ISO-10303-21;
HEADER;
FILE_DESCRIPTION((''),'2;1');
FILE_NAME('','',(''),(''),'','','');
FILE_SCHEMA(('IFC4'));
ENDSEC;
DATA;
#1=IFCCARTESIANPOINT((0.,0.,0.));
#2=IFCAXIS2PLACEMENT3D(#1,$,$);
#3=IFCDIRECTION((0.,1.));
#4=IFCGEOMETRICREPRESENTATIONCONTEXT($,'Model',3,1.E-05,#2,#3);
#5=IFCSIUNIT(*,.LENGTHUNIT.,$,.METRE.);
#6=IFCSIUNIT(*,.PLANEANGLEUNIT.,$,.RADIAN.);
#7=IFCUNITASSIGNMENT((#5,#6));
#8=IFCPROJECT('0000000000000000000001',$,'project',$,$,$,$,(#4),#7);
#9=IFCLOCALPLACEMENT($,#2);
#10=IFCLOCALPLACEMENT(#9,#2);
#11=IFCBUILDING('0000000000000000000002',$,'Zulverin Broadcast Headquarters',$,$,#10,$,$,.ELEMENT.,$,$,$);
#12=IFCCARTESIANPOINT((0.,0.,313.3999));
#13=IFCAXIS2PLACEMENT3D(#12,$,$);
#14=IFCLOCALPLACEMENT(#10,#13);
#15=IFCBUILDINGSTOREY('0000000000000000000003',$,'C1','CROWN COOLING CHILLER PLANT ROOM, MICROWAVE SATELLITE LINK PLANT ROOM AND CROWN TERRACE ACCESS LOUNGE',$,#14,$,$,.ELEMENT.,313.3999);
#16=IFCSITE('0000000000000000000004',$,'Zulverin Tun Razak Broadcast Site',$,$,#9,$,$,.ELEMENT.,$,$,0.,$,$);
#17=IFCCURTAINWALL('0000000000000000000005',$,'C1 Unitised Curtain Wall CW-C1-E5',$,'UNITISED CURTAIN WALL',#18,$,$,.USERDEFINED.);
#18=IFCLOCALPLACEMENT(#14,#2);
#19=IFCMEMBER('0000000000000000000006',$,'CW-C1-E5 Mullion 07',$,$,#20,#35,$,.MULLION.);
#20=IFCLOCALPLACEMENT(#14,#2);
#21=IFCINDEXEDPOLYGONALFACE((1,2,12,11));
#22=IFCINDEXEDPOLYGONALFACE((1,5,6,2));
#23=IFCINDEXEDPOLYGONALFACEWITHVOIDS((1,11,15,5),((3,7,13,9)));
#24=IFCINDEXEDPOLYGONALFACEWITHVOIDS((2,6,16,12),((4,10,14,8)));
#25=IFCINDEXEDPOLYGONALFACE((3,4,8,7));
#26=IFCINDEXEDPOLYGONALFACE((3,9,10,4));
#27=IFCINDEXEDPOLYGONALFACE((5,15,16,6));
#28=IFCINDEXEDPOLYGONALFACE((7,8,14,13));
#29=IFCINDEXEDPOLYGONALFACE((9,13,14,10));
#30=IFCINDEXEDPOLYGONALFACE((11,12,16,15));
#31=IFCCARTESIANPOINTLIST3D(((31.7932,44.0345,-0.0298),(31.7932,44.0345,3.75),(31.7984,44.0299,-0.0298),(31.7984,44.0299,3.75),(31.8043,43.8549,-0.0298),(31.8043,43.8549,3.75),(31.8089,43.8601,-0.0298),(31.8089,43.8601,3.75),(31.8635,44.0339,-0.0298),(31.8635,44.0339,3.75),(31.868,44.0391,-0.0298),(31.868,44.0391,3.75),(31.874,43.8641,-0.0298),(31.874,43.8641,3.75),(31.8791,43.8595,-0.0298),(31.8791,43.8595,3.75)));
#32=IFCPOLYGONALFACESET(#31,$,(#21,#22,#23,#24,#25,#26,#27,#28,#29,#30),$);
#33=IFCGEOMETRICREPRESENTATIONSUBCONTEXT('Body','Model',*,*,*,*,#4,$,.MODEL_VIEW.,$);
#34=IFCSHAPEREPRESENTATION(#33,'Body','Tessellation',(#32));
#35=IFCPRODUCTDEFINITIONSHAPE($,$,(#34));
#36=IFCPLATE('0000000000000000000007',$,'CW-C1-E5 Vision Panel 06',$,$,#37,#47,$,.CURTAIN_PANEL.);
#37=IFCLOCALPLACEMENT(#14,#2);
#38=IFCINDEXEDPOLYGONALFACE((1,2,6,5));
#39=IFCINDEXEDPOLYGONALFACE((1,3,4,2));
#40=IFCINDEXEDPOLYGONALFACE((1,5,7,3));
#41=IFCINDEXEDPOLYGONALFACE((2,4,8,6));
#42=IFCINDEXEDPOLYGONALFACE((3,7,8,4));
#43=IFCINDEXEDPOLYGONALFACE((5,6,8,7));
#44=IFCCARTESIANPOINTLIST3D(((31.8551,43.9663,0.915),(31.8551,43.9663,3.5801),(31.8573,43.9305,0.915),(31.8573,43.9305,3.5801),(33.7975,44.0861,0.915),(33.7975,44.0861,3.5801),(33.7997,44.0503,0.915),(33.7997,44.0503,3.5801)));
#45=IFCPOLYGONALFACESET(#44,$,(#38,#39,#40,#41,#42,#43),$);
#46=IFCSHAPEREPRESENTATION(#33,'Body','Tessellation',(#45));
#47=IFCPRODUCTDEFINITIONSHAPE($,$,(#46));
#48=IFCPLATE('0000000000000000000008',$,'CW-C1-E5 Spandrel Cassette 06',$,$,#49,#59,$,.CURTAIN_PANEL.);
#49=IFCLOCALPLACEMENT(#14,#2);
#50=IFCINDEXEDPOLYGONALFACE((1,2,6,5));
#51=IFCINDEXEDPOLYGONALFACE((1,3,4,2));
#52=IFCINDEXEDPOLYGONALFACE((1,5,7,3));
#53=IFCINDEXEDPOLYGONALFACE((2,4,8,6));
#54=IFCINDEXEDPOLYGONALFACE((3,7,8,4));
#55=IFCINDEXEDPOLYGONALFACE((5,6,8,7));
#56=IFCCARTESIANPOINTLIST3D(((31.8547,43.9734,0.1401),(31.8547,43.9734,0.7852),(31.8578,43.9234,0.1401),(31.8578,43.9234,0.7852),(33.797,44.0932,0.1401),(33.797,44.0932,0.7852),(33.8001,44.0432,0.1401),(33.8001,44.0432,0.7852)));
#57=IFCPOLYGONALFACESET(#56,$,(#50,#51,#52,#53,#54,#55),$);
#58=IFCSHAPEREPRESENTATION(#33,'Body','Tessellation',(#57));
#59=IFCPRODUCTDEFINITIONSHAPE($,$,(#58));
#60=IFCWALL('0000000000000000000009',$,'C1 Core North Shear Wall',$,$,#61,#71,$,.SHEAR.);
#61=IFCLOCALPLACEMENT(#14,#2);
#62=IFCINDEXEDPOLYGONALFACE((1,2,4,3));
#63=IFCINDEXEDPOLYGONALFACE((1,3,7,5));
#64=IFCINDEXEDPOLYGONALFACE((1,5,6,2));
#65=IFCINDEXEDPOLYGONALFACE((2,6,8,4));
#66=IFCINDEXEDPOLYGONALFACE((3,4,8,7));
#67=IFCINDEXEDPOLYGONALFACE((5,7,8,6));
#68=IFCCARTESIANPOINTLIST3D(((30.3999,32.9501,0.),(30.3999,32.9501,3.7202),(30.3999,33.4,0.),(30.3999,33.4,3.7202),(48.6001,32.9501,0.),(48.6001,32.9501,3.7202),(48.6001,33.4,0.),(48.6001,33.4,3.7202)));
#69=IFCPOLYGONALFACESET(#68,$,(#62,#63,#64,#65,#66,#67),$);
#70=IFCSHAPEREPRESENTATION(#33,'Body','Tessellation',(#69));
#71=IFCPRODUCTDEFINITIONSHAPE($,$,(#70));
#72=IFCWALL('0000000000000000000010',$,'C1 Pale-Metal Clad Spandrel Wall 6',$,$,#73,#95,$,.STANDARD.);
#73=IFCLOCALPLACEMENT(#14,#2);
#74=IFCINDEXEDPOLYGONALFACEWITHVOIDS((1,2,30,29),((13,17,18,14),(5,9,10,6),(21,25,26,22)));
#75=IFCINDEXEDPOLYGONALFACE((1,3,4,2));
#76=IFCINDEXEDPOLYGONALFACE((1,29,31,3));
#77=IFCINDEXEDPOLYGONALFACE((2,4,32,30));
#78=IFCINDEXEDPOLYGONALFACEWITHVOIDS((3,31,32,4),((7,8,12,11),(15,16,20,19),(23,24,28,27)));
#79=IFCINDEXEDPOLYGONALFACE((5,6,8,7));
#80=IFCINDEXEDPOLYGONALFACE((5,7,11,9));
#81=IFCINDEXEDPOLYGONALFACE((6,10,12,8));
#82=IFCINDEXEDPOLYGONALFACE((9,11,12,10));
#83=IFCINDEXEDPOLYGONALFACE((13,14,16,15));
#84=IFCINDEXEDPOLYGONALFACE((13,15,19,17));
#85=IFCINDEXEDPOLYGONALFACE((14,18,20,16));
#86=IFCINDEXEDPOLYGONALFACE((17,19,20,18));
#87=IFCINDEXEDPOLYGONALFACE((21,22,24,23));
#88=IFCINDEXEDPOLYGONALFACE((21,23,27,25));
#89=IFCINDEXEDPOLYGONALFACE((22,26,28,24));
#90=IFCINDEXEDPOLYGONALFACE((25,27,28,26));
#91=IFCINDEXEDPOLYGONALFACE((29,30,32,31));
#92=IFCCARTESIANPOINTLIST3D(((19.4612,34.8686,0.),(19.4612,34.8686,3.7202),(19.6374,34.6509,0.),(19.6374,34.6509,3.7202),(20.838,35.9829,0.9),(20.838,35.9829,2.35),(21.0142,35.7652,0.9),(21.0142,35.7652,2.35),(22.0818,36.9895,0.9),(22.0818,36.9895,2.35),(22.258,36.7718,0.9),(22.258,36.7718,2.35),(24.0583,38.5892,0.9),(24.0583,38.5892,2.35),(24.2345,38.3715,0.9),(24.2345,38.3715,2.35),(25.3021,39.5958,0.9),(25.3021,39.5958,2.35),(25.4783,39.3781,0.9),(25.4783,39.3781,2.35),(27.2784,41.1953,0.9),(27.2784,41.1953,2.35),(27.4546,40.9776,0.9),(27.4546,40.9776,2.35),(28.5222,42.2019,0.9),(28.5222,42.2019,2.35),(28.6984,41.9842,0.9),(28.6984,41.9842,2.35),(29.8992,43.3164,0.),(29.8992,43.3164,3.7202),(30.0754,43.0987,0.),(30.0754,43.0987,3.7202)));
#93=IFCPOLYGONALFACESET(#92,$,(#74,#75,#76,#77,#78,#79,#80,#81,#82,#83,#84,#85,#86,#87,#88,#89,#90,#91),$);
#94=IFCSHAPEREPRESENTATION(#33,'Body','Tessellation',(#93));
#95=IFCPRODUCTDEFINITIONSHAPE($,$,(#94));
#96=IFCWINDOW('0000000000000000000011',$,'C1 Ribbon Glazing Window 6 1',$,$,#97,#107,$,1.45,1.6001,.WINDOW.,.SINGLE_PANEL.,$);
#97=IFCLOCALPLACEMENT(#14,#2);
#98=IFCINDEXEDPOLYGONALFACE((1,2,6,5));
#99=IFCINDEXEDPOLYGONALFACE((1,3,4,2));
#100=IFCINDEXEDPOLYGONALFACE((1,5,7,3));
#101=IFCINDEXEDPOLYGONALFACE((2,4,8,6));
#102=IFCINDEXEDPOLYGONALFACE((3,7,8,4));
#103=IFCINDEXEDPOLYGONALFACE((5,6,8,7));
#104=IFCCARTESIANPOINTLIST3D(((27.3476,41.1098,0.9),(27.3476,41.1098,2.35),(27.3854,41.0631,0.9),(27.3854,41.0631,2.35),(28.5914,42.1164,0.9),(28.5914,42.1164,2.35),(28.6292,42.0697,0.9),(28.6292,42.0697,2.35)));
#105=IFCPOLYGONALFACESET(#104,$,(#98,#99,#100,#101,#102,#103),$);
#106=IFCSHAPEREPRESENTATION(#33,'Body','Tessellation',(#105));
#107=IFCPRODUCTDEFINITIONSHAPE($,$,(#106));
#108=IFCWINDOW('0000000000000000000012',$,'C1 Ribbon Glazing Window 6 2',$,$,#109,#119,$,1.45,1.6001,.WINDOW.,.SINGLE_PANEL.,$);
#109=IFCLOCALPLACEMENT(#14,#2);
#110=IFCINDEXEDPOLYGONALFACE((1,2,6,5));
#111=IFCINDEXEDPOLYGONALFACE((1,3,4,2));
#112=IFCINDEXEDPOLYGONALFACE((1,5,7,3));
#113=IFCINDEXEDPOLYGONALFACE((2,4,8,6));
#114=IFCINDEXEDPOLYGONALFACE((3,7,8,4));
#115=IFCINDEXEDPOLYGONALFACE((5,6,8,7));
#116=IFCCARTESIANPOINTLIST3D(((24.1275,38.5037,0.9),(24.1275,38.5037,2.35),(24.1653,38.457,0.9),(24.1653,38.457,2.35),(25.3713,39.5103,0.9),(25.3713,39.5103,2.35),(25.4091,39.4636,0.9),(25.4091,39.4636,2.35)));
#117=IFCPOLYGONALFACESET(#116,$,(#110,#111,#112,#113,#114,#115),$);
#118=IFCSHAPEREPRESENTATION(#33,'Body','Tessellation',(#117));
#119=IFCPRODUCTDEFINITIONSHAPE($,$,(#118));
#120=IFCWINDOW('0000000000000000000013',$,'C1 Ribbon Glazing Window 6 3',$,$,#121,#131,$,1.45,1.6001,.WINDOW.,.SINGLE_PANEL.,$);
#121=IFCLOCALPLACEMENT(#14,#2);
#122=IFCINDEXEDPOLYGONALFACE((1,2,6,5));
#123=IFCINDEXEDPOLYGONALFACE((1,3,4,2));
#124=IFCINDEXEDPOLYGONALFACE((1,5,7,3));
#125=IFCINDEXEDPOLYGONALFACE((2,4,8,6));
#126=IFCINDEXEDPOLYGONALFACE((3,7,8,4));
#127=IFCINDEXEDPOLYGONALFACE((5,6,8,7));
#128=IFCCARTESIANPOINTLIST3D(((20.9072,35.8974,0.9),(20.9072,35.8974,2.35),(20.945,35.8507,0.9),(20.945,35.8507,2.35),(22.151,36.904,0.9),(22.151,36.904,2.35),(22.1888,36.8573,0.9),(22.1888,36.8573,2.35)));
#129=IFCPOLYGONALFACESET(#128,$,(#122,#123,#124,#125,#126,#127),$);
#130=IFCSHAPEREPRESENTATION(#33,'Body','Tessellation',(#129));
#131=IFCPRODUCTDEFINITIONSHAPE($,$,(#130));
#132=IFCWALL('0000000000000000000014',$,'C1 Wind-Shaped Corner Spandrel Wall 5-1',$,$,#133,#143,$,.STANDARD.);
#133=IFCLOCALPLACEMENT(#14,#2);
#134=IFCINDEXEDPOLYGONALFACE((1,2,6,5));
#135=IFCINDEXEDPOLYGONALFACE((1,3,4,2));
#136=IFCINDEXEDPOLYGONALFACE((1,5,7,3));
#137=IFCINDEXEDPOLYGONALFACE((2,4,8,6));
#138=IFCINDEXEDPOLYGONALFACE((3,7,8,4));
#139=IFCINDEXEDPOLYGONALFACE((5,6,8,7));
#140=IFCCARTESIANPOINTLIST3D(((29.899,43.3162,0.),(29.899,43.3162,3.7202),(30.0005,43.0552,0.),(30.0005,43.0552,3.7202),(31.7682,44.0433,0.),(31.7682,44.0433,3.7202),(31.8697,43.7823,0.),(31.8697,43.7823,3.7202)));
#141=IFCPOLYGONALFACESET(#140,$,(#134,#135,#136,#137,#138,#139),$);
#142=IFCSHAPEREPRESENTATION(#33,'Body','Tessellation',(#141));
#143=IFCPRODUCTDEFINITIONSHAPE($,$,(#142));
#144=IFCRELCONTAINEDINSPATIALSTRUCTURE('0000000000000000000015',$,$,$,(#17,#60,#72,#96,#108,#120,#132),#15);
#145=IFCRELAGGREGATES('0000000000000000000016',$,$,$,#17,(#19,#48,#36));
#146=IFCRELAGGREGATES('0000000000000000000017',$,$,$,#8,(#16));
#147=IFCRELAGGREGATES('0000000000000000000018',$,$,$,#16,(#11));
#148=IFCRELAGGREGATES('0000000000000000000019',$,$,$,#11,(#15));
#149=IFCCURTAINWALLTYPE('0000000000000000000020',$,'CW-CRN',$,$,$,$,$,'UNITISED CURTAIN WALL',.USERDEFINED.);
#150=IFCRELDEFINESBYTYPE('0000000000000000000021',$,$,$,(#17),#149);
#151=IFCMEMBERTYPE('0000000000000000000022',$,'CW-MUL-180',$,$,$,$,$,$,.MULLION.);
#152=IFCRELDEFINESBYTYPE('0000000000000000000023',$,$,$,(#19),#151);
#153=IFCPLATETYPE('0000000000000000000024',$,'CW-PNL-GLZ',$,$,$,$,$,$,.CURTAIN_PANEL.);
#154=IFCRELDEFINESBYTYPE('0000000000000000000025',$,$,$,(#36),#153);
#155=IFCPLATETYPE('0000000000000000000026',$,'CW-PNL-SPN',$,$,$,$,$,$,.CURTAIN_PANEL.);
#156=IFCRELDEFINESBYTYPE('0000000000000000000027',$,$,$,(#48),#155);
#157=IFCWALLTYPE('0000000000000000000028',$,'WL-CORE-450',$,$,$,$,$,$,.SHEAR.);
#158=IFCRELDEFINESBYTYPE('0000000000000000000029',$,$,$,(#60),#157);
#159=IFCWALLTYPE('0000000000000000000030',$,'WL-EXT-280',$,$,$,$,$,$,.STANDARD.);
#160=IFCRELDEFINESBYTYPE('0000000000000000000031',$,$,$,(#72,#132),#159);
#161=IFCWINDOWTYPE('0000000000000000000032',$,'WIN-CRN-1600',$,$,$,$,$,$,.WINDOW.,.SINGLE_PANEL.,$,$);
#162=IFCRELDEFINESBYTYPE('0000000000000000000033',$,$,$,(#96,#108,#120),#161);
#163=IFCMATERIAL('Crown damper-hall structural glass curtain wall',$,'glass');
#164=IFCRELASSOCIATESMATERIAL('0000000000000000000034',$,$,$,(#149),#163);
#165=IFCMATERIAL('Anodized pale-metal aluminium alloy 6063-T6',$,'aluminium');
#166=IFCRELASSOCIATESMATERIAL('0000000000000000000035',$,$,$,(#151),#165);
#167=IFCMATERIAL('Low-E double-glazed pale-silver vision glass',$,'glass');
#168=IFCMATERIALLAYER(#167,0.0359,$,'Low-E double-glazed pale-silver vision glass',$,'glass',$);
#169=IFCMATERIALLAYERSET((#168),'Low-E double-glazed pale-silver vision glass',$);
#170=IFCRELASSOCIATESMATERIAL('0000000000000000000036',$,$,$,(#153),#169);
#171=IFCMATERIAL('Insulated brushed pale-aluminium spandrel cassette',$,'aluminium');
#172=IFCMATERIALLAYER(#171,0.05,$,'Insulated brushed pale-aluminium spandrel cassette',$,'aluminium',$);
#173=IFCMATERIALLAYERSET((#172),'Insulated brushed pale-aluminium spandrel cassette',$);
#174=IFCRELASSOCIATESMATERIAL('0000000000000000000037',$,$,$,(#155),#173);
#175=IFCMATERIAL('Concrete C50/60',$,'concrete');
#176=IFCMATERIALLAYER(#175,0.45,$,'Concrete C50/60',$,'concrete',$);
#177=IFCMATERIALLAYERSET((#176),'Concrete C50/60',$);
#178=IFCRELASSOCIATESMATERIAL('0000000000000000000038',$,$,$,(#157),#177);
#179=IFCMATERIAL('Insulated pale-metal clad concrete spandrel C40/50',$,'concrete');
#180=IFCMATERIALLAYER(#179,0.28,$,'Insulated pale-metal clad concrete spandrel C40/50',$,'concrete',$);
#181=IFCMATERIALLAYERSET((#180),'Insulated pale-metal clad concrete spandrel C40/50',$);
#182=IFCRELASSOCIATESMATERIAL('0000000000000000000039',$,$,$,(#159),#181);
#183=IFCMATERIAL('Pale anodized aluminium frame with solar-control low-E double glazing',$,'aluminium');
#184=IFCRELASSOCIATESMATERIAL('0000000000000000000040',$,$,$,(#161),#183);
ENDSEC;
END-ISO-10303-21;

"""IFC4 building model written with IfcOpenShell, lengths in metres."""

from ifc_helpers import new_model, si_unit, direction, frame, frame_2d, origin, origin_2d, place, context, subcontext, project, spatial, rectangle, hollow_rectangle, extrude, material, layer, layer_set, material_profile, profile_set, type_object, element, fill, aggregate, save


model = new_model("IFC4")

# Units and contexts
model_context = context("Model", 3, precision=1e-05, world=origin(), true_north=direction((0.0, 1.0)))
body_context = subcontext(model_context, "Body", "Model", "MODEL_VIEW")
ifc_project = project(units=[si_unit("LENGTHUNIT", "METRE"), si_unit("PLANEANGLEUNIT", "RADIAN")], contexts=[model_context])

# Site, building, storey
site_placement = place(None, origin())
site = spatial("IfcSite", under=ifc_project, at=site_placement, Name="Zulverin Tun Razak Broadcast Site", CompositionType="ELEMENT", RefElevation=0.0)
building_placement = place(site_placement, origin())
building = spatial("IfcBuilding", under=site, at=building_placement, Name="Zulverin Broadcast Headquarters", CompositionType="ELEMENT")
storey_placement = place(building_placement, frame((0.0, 0.0, 313.3999)))
storey = spatial("IfcBuildingStorey", under=building, at=storey_placement, Name="C1", Description="CROWN COOLING CHILLER PLANT ROOM, MICROWAVE SATELLITE LINK PLANT ROOM AND CROWN TERRACE ACCESS LOUNGE", CompositionType="ELEMENT", Elevation=313.3999)

# Shared definitions
ifc_material_1 = material(Name="Concrete C50/60", Category="concrete")

# Curtain wall, member, plates
ifc_material_2 = material(Name="Crown damper-hall structural glass curtain wall", Category="glass")
curtain_wall_type = type_object("IfcCurtainWallType", Name="CW-CRN", ElementType="UNITISED CURTAIN WALL", PredefinedType="USERDEFINED", material=ifc_material_2)
curtain_wall_placement = place(storey_placement, origin())
curtain_wall = element("IfcCurtainWall", 1, at=curtain_wall_placement, inside=storey, type_object=curtain_wall_type, Name="C1 Unitised Curtain Wall CW-C1-E5", ObjectType="UNITISED CURTAIN WALL", PredefinedType="USERDEFINED")
ifc_material_3 = material(Name="Anodized pale-metal aluminium alloy 6063-T6", Category="aluminium")
ifc_material_profile_1 = material_profile(ifc_material_3, hollow_rectangle(XDim=0.075, YDim=0.1799, WallThickness=0.0049, at=origin_2d()), Name="Anodized pale-metal aluminium alloy 6063-T6", Category="aluminium")
ifc_profile_set_1 = profile_set([ifc_material_profile_1], Name="Anodized pale-metal aluminium alloy 6063-T6")
member_type = type_object("IfcMemberType", Name="CW-MUL-180", PredefinedType="MULLION", material=ifc_profile_set_1)
member_placement = place(storey_placement, frame((31.8362, 43.947, -0.0298), z_axis=(0.0, 0.0, 1.0), x_axis=(-0.998103, -0.061569, 0.0)))
member = element("IfcMember", 2, at=member_placement, type_object=member_type, Name="CW-C1-E5 Mullion 07", PredefinedType="MULLION", context=body_context, shape_type="SweptSolid", body=[
    extrude(hollow_rectangle(XDim=0.075, YDim=0.1799, WallThickness=0.0049, at=origin_2d()), origin(), (0.0, 0.0, 1.0), 3.7798),
])
ifc_material_4 = material(Name="Low-E double-glazed pale-silver vision glass", Category="glass")
ifc_layer_1 = layer(ifc_material_4, 0.0359, Name="Low-E double-glazed pale-silver vision glass", Category="glass")
ifc_layer_set_1 = layer_set([ifc_layer_1], Name="Low-E double-glazed pale-silver vision glass")
plate_type_1 = type_object("IfcPlateType", Name="CW-PNL-GLZ", PredefinedType="CURTAIN_PANEL", material=ifc_layer_set_1)
plate_1_placement = place(storey_placement, frame((32.8274, 44.0083, 0.915), z_axis=(0.0, 0.0, 1.0), x_axis=(-0.998103, -0.061569, 0.0)))
plate_1 = element("IfcPlate", 3, at=plate_1_placement, type_object=plate_type_1, Name="CW-C1-E5 Vision Panel 06", PredefinedType="CURTAIN_PANEL", context=body_context, shape_type="SweptSolid", body=[
    extrude(rectangle(XDim=1.946, YDim=0.0359, at=origin_2d()), origin(), (0.0, 0.0, 1.0), 2.665),
])
ifc_material_5 = material(Name="Insulated brushed pale-aluminium spandrel cassette", Category="aluminium")
ifc_layer_2 = layer(ifc_material_5, 0.05, Name="Insulated brushed pale-aluminium spandrel cassette", Category="aluminium")
ifc_layer_set_2 = layer_set([ifc_layer_2], Name="Insulated brushed pale-aluminium spandrel cassette")
plate_type_2 = type_object("IfcPlateType", Name="CW-PNL-SPN", PredefinedType="CURTAIN_PANEL", material=ifc_layer_set_2)
plate_2_placement = place(storey_placement, frame((32.8274, 44.0083, 0.1401), z_axis=(0.0, 0.0, 1.0), x_axis=(-0.998103, -0.061569, 0.0)))
plate_2 = element("IfcPlate", 4, at=plate_2_placement, type_object=plate_type_2, Name="CW-C1-E5 Spandrel Cassette 06", PredefinedType="CURTAIN_PANEL", context=body_context, shape_type="SweptSolid", body=[
    extrude(rectangle(XDim=1.946, YDim=0.05, at=origin_2d()), origin(), (0.0, 0.0, 1.0), 0.645),
])
aggregate(curtain_wall, [member, plate_2, plate_1])

# Wall
ifc_layer_3 = layer(ifc_material_1, 0.45, Name="Concrete C50/60", Category="concrete")
ifc_layer_set_3 = layer_set([ifc_layer_3], Name="Concrete C50/60")
wall_type_1 = type_object("IfcWallType", Name="WL-CORE-450", PredefinedType="SHEAR", material=ifc_layer_set_3)
wall_1_placement = place(storey_placement, frame((30.3999, 33.175, 0.0), z_axis=(0.0, 0.0, 1.0), x_axis=(1.0, 0.0, 0.0)))
element("IfcWall", 5, at=wall_1_placement, inside=storey, type_object=wall_type_1, Name="C1 Core North Shear Wall", PredefinedType="SHEAR", context=body_context, shape_type="SweptSolid", body=[
    extrude(rectangle(XDim=18.2002, YDim=0.45, at=frame_2d((9.1001, 0.0))), origin(), (0.0, 0.0, 1.0), 3.7202),
])

# Wall, openings, windows
ifc_material_6 = material(Name="Insulated pale-metal clad concrete spandrel C40/50", Category="concrete")
ifc_layer_4 = layer(ifc_material_6, 0.28, Name="Insulated pale-metal clad concrete spandrel C40/50", Category="concrete")
ifc_layer_set_4 = layer_set([ifc_layer_4], Name="Insulated pale-metal clad concrete spandrel C40/50")
wall_type_2 = type_object("IfcWallType", Name="WL-EXT-280", PredefinedType="STANDARD", material=ifc_layer_set_4)
wall_2_placement = place(storey_placement, frame((29.9873, 43.2075, 0.0), z_axis=(0.0, 0.0, 1.0), x_axis=(-0.777319, -0.629106, 0.0)))
wall_2 = element("IfcWall", 6, at=wall_2_placement, inside=storey, type_object=wall_type_2, Name="C1 Pale-Metal Clad Spandrel Wall 6", PredefinedType="STANDARD", context=body_context, shape_type="SweptSolid", body=[
    extrude(rectangle(XDim=13.4282, YDim=0.28, at=frame_2d((6.7141, 0.0))), origin(), (0.0, 0.0, 1.0), 3.7202),
])
opening_1_placement = place(wall_2_placement, frame((1.7715, 0.0, 0.8999)))
opening_1 = element("IfcOpeningElement", 7, at=opening_1_placement, cuts=wall_2, PredefinedType="OPENING", context=body_context, shape_type="SweptSolid", body=[
    extrude(rectangle(XDim=1.6001, YDim=1.45, at=frame_2d((0.8, 0.7251))), frame((0.0, 0.1499, 0.0), z_axis=(0.0, -1.0, 0.0), x_axis=(1.0, 0.0, 0.0)), (0.0, 0.0, 1.0), 0.3),
])
opening_2_placement = place(wall_2_placement, frame((5.9141, 0.0, 0.8999)))
opening_2 = element("IfcOpeningElement", 8, at=opening_2_placement, cuts=wall_2, PredefinedType="OPENING", context=body_context, shape_type="SweptSolid", body=[
    extrude(rectangle(XDim=1.6001, YDim=1.45, at=frame_2d((0.8, 0.7251))), frame((0.0, 0.1499, 0.0), z_axis=(0.0, -1.0, 0.0), x_axis=(1.0, 0.0, 0.0)), (0.0, 0.0, 1.0), 0.3),
])
opening_3_placement = place(wall_2_placement, frame((10.0569, 0.0, 0.8999)))
opening_3 = element("IfcOpeningElement", 9, at=opening_3_placement, cuts=wall_2, PredefinedType="OPENING", context=body_context, shape_type="SweptSolid", body=[
    extrude(rectangle(XDim=1.6001, YDim=1.45, at=frame_2d((0.8, 0.7251))), frame((0.0, 0.1499, 0.0), z_axis=(0.0, -1.0, 0.0), x_axis=(1.0, 0.0, 0.0)), (0.0, 0.0, 1.0), 0.3),
])
ifc_material_7 = material(Name="Pale anodized aluminium frame with solar-control low-E double glazing", Category="aluminium")
window_type = type_object("IfcWindowType", Name="WIN-CRN-1600", PartitioningType="SINGLE_PANEL", PredefinedType="WINDOW", material=ifc_material_7)
window_1_placement = place(opening_1_placement, origin())
window_1 = element("IfcWindow", 10, at=window_1_placement, inside=storey, type_object=window_type, Name="C1 Ribbon Glazing Window 6 1", OverallHeight=1.45, OverallWidth=1.6001, PartitioningType="SINGLE_PANEL", PredefinedType="WINDOW", context=body_context, shape_type="SweptSolid", body=[
    extrude(rectangle(XDim=1.6001, YDim=1.45, at=frame_2d((0.8, 0.7251))), frame((0.0, 0.03, 0.0), z_axis=(0.0, -1.0, 0.0), x_axis=(1.0, 0.0, 0.0)), (0.0, 0.0, 1.0), 0.0601),
])
fill(opening_1, window_1)
window_2_placement = place(opening_2_placement, origin())
window_2 = element("IfcWindow", 11, at=window_2_placement, inside=storey, type_object=window_type, Name="C1 Ribbon Glazing Window 6 2", OverallHeight=1.45, OverallWidth=1.6001, PartitioningType="SINGLE_PANEL", PredefinedType="WINDOW", context=body_context, shape_type="SweptSolid", body=[
    extrude(rectangle(XDim=1.6001, YDim=1.45, at=frame_2d((0.8, 0.7251))), frame((0.0, 0.03, 0.0), z_axis=(0.0, -1.0, 0.0), x_axis=(1.0, 0.0, 0.0)), (0.0, 0.0, 1.0), 0.0601),
])
fill(opening_2, window_2)
window_3_placement = place(opening_3_placement, origin())
window_3 = element("IfcWindow", 12, at=window_3_placement, inside=storey, type_object=window_type, Name="C1 Ribbon Glazing Window 6 3", OverallHeight=1.45, OverallWidth=1.6001, PartitioningType="SINGLE_PANEL", PredefinedType="WINDOW", context=body_context, shape_type="SweptSolid", body=[
    extrude(rectangle(XDim=1.6001, YDim=1.45, at=frame_2d((0.8, 0.7251))), frame((0.0, 0.03, 0.0), z_axis=(0.0, -1.0, 0.0), x_axis=(1.0, 0.0, 0.0)), (0.0, 0.0, 1.0), 0.0601),
])
fill(opening_3, window_3)

# Wall
wall_3_placement = place(storey_placement, frame((31.8191, 43.9128, 0.0), z_axis=(0.0, 0.0, 1.0), x_axis=(-0.931977, -0.362517, 0.0)))
element("IfcWall", 13, at=wall_3_placement, inside=storey, type_object=wall_type_2, Name="C1 Wind-Shaped Corner Spandrel Wall 5-1", PredefinedType="STANDARD", context=body_context, shape_type="SweptSolid", body=[
    extrude(rectangle(XDim=2.0056, YDim=0.28, at=frame_2d((1.0029, 0.0))), origin(), (0.0, 0.0, 1.0), 3.7202),
])

save(model, "model.ifc")
